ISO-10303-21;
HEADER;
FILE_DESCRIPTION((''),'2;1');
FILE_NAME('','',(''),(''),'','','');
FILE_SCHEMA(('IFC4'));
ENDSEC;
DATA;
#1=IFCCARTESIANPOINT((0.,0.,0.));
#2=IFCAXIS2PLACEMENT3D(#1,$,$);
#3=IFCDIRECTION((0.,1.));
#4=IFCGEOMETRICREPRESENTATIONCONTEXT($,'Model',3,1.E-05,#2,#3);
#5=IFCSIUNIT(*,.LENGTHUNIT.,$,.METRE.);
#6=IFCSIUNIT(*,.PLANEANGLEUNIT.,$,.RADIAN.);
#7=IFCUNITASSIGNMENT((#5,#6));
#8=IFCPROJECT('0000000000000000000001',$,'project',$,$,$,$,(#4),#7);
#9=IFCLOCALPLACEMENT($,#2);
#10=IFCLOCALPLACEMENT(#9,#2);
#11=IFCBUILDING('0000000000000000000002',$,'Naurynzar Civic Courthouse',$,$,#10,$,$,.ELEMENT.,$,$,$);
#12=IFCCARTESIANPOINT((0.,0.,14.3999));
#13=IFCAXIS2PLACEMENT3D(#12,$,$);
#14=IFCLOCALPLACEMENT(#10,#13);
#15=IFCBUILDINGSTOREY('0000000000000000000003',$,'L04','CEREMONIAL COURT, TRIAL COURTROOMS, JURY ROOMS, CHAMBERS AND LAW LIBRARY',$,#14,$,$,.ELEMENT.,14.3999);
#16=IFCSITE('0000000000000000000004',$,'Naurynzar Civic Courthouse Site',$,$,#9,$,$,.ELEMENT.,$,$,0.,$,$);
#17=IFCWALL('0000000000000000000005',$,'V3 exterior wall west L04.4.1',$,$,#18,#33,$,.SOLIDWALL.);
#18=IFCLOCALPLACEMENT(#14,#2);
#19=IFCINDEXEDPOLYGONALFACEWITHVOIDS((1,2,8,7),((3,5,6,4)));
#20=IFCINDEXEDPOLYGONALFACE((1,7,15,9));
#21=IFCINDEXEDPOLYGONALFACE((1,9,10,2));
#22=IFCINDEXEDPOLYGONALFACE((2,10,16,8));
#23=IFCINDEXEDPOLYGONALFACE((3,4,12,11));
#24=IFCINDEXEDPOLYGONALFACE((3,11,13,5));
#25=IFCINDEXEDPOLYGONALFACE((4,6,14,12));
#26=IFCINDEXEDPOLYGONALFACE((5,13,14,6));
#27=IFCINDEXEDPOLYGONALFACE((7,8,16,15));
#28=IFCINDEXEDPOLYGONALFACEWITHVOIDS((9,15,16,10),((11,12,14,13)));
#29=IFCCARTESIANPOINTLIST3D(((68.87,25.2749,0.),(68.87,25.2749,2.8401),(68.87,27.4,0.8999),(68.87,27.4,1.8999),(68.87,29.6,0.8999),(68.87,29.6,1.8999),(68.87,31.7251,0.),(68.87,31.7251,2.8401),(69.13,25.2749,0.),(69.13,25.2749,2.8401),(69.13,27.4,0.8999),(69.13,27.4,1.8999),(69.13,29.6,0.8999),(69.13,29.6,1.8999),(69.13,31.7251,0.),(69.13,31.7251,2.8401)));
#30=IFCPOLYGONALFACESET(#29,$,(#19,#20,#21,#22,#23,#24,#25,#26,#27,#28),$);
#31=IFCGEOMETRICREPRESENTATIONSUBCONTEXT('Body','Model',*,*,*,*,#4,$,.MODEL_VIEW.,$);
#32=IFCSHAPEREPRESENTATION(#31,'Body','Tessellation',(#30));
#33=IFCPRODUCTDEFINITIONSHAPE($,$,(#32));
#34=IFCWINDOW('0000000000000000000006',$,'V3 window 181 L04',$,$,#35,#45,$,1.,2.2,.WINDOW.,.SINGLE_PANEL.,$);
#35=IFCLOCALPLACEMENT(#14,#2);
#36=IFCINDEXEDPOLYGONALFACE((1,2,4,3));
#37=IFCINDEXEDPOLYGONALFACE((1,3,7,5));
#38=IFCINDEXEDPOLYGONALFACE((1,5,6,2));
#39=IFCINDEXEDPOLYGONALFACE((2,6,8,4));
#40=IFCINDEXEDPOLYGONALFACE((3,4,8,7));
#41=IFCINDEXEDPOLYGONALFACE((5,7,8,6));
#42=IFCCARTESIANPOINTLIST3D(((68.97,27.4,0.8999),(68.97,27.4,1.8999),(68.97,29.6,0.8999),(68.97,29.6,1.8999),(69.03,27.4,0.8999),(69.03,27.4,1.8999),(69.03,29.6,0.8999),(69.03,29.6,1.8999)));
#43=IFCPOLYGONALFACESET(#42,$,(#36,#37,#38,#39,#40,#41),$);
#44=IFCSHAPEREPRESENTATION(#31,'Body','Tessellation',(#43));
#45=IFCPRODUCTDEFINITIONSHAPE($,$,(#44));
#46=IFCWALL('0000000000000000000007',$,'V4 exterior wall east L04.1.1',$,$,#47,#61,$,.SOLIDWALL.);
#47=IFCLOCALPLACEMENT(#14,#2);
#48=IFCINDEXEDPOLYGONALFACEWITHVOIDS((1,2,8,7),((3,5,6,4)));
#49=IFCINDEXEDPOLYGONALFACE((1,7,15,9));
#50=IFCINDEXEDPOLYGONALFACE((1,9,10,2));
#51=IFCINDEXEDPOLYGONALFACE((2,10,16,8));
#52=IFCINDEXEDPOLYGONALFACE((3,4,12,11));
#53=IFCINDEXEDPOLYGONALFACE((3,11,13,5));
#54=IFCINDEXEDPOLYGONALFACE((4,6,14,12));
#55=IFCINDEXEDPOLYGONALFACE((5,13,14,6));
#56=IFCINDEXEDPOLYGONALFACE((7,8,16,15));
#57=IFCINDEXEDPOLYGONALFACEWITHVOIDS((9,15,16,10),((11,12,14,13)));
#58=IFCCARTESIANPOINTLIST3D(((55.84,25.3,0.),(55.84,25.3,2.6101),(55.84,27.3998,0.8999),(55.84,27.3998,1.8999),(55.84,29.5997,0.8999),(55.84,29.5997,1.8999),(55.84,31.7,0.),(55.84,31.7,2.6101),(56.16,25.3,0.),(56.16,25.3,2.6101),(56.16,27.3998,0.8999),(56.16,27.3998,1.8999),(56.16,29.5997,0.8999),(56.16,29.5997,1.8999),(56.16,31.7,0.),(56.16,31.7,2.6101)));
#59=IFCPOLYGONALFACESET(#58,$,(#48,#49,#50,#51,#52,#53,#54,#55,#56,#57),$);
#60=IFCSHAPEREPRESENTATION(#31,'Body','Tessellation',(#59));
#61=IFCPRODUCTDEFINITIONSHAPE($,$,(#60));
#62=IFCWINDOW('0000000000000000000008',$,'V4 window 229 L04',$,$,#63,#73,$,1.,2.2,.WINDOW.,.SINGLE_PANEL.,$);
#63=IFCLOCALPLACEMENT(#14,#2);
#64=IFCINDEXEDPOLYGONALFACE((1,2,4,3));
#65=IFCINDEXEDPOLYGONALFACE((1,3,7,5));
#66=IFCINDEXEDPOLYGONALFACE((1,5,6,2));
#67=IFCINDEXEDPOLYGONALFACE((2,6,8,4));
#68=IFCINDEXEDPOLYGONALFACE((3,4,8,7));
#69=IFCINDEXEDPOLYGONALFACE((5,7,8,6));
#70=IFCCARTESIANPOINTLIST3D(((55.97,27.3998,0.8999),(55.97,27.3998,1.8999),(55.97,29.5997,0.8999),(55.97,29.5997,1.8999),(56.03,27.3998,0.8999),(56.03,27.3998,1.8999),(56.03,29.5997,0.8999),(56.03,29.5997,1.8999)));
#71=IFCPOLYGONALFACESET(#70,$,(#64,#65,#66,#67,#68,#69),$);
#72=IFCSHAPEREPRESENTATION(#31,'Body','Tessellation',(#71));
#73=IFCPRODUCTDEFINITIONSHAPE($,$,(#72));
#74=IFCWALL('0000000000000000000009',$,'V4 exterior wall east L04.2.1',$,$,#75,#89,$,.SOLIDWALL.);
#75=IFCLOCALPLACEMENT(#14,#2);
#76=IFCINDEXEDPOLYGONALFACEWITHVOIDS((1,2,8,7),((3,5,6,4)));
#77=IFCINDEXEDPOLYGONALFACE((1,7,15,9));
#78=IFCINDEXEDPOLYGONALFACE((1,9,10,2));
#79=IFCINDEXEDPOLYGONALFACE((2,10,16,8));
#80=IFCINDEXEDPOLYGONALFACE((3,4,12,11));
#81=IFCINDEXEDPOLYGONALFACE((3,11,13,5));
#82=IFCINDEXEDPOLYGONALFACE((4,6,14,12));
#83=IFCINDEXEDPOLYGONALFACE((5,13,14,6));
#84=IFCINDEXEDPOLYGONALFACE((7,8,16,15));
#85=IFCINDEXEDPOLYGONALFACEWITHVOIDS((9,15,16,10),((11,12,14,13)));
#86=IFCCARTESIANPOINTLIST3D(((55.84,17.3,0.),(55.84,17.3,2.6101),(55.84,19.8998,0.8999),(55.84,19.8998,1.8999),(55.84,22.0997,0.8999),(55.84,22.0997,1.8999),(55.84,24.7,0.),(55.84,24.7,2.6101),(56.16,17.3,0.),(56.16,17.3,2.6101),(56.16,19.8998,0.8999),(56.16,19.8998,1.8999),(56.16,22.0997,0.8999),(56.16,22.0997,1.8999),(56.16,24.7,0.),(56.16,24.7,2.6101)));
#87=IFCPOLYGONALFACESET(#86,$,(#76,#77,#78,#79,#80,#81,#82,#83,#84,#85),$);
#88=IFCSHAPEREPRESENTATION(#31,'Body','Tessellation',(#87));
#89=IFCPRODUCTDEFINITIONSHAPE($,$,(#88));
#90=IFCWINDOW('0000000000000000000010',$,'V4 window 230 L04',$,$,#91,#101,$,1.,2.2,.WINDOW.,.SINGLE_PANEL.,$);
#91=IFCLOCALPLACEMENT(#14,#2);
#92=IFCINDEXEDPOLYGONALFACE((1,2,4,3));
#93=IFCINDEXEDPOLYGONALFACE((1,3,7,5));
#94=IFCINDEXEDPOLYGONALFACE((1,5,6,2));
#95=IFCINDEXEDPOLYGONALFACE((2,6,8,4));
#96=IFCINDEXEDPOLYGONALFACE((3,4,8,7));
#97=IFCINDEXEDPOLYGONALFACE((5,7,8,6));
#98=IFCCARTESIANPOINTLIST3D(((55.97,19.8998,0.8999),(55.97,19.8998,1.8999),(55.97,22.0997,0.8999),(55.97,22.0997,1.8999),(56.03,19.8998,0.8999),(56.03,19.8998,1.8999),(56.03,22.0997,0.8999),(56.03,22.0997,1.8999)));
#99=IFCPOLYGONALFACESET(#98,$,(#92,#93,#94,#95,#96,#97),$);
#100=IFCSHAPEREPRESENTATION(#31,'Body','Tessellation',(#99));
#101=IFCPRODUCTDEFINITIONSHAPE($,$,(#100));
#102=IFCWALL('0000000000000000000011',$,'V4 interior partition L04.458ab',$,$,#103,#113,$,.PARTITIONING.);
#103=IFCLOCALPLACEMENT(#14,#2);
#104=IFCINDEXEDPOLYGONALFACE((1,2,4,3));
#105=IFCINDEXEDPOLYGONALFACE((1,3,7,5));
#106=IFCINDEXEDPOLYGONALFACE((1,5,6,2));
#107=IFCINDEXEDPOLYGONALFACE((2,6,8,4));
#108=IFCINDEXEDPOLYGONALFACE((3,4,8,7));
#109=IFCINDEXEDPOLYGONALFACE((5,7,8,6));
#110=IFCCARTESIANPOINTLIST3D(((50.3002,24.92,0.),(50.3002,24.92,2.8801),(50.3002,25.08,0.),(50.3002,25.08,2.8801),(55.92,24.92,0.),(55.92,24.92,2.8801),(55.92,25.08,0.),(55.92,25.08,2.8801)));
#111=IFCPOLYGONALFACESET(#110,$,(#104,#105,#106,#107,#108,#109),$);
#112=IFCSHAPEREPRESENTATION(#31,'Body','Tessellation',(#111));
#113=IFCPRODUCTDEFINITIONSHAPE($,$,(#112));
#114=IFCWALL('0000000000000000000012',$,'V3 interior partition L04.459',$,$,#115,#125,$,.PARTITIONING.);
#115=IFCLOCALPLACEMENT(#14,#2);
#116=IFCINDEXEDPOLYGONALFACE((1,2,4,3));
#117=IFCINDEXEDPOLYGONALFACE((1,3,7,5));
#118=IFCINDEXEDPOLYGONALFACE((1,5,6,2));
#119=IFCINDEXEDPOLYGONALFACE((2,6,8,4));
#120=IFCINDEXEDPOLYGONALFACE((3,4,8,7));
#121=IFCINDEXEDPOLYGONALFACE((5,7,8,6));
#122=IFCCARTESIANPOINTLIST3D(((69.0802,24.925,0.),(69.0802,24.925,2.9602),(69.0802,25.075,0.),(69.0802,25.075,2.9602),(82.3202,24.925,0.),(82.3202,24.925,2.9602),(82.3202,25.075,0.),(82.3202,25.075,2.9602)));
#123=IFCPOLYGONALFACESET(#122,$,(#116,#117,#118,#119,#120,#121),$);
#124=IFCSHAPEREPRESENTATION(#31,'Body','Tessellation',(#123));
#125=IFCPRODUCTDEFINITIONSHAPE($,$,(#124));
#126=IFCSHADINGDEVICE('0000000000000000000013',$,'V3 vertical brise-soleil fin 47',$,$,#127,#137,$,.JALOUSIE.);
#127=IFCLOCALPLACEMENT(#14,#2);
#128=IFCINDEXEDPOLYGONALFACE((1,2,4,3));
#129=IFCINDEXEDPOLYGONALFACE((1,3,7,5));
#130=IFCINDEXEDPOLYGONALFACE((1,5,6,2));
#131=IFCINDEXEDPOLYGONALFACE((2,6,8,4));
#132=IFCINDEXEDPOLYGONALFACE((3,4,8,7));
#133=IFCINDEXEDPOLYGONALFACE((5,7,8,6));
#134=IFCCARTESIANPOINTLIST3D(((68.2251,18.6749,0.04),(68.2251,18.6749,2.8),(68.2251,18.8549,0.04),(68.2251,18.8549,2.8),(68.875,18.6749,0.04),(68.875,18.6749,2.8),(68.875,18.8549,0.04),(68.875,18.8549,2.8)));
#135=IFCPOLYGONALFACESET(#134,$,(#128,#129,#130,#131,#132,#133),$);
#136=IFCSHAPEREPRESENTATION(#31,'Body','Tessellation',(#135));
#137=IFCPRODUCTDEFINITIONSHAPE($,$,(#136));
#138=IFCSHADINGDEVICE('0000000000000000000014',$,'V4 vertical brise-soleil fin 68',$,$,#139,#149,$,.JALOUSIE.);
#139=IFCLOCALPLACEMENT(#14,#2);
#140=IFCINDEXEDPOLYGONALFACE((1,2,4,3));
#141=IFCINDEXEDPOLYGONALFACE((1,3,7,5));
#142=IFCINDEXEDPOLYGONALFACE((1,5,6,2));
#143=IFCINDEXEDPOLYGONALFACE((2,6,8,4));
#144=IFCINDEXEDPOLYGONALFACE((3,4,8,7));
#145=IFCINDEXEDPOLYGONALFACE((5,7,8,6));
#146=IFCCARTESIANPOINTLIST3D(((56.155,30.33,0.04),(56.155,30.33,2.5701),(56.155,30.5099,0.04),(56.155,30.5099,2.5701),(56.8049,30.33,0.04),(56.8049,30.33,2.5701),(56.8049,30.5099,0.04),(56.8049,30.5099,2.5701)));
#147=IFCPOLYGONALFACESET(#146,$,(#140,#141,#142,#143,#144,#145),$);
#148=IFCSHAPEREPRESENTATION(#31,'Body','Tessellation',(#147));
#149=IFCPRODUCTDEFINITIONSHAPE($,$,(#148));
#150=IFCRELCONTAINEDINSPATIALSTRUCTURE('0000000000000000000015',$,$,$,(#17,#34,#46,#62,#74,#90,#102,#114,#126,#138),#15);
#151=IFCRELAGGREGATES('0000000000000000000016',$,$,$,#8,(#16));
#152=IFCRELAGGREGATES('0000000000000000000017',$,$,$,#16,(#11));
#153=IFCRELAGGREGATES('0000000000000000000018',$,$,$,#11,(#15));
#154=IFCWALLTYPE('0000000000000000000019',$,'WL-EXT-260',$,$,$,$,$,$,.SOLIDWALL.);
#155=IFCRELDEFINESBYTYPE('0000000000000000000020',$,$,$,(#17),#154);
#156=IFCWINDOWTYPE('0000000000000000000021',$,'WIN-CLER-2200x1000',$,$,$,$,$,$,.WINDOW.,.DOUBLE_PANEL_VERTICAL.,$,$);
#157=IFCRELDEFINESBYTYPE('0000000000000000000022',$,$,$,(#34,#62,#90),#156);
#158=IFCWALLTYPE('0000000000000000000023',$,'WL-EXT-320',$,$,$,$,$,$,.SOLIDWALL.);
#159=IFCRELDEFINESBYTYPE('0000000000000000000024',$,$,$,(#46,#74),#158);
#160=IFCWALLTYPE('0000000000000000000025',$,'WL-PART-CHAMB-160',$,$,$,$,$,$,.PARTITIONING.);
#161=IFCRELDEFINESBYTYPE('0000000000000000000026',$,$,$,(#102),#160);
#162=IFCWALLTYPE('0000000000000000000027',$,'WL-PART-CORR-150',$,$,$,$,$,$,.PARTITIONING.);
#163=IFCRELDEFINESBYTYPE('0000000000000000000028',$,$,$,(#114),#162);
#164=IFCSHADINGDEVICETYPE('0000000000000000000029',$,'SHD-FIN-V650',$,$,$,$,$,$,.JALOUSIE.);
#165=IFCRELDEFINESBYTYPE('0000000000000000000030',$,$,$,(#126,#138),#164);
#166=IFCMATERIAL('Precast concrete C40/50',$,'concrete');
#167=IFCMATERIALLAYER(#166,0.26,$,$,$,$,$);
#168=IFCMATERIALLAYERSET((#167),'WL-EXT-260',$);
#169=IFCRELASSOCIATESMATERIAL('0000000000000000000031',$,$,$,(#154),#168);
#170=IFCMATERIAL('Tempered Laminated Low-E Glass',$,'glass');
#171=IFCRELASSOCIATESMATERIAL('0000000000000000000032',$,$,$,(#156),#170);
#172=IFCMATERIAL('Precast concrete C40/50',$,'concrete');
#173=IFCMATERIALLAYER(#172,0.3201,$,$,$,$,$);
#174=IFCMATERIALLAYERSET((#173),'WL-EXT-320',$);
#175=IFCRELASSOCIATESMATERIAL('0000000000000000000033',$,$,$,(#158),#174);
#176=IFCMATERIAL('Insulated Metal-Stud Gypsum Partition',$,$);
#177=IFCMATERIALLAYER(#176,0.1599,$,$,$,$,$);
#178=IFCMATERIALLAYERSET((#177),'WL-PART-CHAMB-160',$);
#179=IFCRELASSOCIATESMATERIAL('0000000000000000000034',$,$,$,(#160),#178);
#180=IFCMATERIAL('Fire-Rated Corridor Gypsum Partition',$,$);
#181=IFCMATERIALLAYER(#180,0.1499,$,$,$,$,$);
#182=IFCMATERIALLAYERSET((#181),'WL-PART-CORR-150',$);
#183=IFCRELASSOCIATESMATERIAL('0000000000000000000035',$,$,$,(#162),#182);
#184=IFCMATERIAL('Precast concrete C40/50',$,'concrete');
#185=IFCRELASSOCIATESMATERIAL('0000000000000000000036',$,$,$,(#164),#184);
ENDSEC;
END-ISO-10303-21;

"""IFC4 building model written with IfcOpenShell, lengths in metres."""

from ifc_helpers import new_model, si_unit, direction, frame, frame_2d, origin, origin_2d, place, context, subcontext, project, spatial, rectangle, extrude, material, layer, layer_set, type_object, element, fill, save


model = new_model("IFC4")

# Units and contexts
model_context = context("Model", 3, precision=1e-05, world=origin(), true_north=direction((0.0, 1.0)))
body_context = subcontext(model_context, "Body", "Model", "MODEL_VIEW")
ifc_project = project(units=[si_unit("LENGTHUNIT", "METRE"), si_unit("PLANEANGLEUNIT", "RADIAN")], contexts=[model_context])

# Site, building, storey
site_placement = place(None, origin())
site = spatial("IfcSite", under=ifc_project, at=site_placement, Name="Naurynzar Civic Courthouse Site", CompositionType="ELEMENT", RefElevation=0.0)
building_placement = place(site_placement, origin())
building = spatial("IfcBuilding", under=site, at=building_placement, Name="Naurynzar Civic Courthouse", CompositionType="ELEMENT")
storey_placement = place(building_placement, frame((0.0, 0.0, 14.3999)))
storey = spatial("IfcBuildingStorey", under=building, at=storey_placement, Name="L04", Description="CEREMONIAL COURT, TRIAL COURTROOMS, JURY ROOMS, CHAMBERS AND LAW LIBRARY", CompositionType="ELEMENT", Elevation=14.3999)

# Walls, openings, windows
ifc_material_1 = material(Name="Precast concrete C40/50", Category="concrete")
ifc_layer_1 = layer(ifc_material_1, 0.26)
ifc_layer_set_1 = layer_set([ifc_layer_1], Name="WL-EXT-260")
wall_type_1 = type_object("IfcWallType", Name="WL-EXT-260", PredefinedType="SOLIDWALL", material=ifc_layer_set_1)
ifc_material_2 = material(Name="Tempered Laminated Low-E Glass", Category="glass")
window_type = type_object("IfcWindowType", Name="WIN-CLER-2200x1000", PartitioningType="DOUBLE_PANEL_VERTICAL", PredefinedType="WINDOW", material=ifc_material_2)
wall_1_placement = place(storey_placement, frame((69.0, 25.2749, 0.0), z_axis=(0.0, 0.0, 1.0), x_axis=(0.0, 1.0, 0.0)))
wall_1 = element("IfcWall", 1, at=wall_1_placement, inside=storey, type_object=wall_type_1, Name="V3 exterior wall west L04.4.1", PredefinedType="SOLIDWALL", context=body_context, shape_type="SweptSolid", body=[
    extrude(rectangle(XDim=6.4502, YDim=0.26, at=frame_2d((3.2251, 0.0))), origin(), (0.0, 0.0, 1.0), 2.8401),
])
opening_1_placement = place(wall_1_placement, frame((2.125, 0.0, 0.8999)))
opening_1 = element("IfcOpeningElement", 2, at=opening_1_placement, cuts=wall_1, PredefinedType="OPENING", context=body_context, shape_type="SweptSolid", body=[
    extrude(rectangle(XDim=2.2, YDim=1.0, at=frame_2d((1.1001, 0.5))), frame((0.0, 0.1399, 0.0), z_axis=(0.0, -1.0, 0.0), x_axis=(1.0, 0.0, 0.0)), (0.0, 0.0, 1.0), 0.28),
])
window_1_placement = place(opening_1_placement, origin())
window_1 = element("IfcWindow", 3, at=window_1_placement, inside=storey, type_object=window_type, Name="V3 window 181 L04", OverallHeight=1.0, OverallWidth=2.2, PartitioningType="SINGLE_PANEL", PredefinedType="WINDOW", context=body_context, shape_type="SweptSolid", body=[
    extrude(rectangle(XDim=2.2, YDim=1.0, at=frame_2d((1.1001, 0.5))), frame((0.0, 0.03, 0.0), z_axis=(0.0, -1.0, 0.0), x_axis=(1.0, 0.0, 0.0)), (0.0, 0.0, 1.0), 0.0601),
])
fill(opening_1, window_1)
ifc_material_3 = material(Name="Precast concrete C40/50", Category="concrete")
ifc_layer_2 = layer(ifc_material_3, 0.3201)
ifc_layer_set_2 = layer_set([ifc_layer_2], Name="WL-EXT-320")
wall_type_2 = type_object("IfcWallType", Name="WL-EXT-320", PredefinedType="SOLIDWALL", material=ifc_layer_set_2)
wall_2_placement = place(storey_placement, frame((56.0, 31.7, 0.0), z_axis=(0.0, 0.0, 1.0), x_axis=(0.0, -1.0, 0.0)))
wall_2 = element("IfcWall", 4, at=wall_2_placement, inside=storey, type_object=wall_type_2, Name="V4 exterior wall east L04.1.1", PredefinedType="SOLIDWALL", context=body_context, shape_type="SweptSolid", body=[
    extrude(rectangle(XDim=6.3999, YDim=0.3201, at=frame_2d((3.2, 0.0))), origin(), (0.0, 0.0, 1.0), 2.6101),
])
opening_2_placement = place(wall_2_placement, frame((2.1001, 0.0, 0.8999)))
opening_2 = element("IfcOpeningElement", 5, at=opening_2_placement, cuts=wall_2, PredefinedType="OPENING", context=body_context, shape_type="SweptSolid", body=[
    extrude(rectangle(XDim=2.2, YDim=1.0, at=frame_2d((1.1001, 0.5))), frame((0.0, 0.1699, 0.0), z_axis=(0.0, -1.0, 0.0), x_axis=(1.0, 0.0, 0.0)), (0.0, 0.0, 1.0), 0.3401),
])
window_2_placement = place(opening_2_placement, origin())
window_2 = element("IfcWindow", 6, at=window_2_placement, inside=storey, type_object=window_type, Name="V4 window 229 L04", OverallHeight=1.0, OverallWidth=2.2, PartitioningType="SINGLE_PANEL", PredefinedType="WINDOW", context=body_context, shape_type="SweptSolid", body=[
    extrude(rectangle(XDim=2.2, YDim=1.0, at=frame_2d((1.1001, 0.5))), frame((0.0, 0.03, 0.0), z_axis=(0.0, -1.0, 0.0), x_axis=(1.0, 0.0, 0.0)), (0.0, 0.0, 1.0), 0.0601),
])
fill(opening_2, window_2)
wall_3_placement = place(storey_placement, frame((56.0, 24.7, 0.0), z_axis=(0.0, 0.0, 1.0), x_axis=(0.0, -1.0, 0.0)))
wall_3 = element("IfcWall", 7, at=wall_3_placement, inside=storey, type_object=wall_type_2, Name="V4 exterior wall east L04.2.1", PredefinedType="SOLIDWALL", context=body_context, shape_type="SweptSolid", body=[
    extrude(rectangle(XDim=7.3999, YDim=0.3201, at=frame_2d((3.7, 0.0))), origin(), (0.0, 0.0, 1.0), 2.6101),
])
opening_3_placement = place(wall_3_placement, frame((2.6001, 0.0, 0.8999)))
opening_3 = element("IfcOpeningElement", 8, at=opening_3_placement, cuts=wall_3, PredefinedType="OPENING", context=body_context, shape_type="SweptSolid", body=[
    extrude(rectangle(XDim=2.2, YDim=1.0, at=frame_2d((1.1001, 0.5))), frame((0.0, 0.1699, 0.0), z_axis=(0.0, -1.0, 0.0), x_axis=(1.0, 0.0, 0.0)), (0.0, 0.0, 1.0), 0.3401),
])
window_3_placement = place(opening_3_placement, origin())
window_3 = element("IfcWindow", 9, at=window_3_placement, inside=storey, type_object=window_type, Name="V4 window 230 L04", OverallHeight=1.0, OverallWidth=2.2, PartitioningType="SINGLE_PANEL", PredefinedType="WINDOW", context=body_context, shape_type="SweptSolid", body=[
    extrude(rectangle(XDim=2.2, YDim=1.0, at=frame_2d((1.1001, 0.5))), frame((0.0, 0.03, 0.0), z_axis=(0.0, -1.0, 0.0), x_axis=(1.0, 0.0, 0.0)), (0.0, 0.0, 1.0), 0.0601),
])
fill(opening_3, window_3)

# Walls
ifc_material_4 = material(Name="Insulated Metal-Stud Gypsum Partition")
ifc_layer_3 = layer(ifc_material_4, 0.1599)
ifc_layer_set_3 = layer_set([ifc_layer_3], Name="WL-PART-CHAMB-160")
wall_type_3 = type_object("IfcWallType", Name="WL-PART-CHAMB-160", PredefinedType="PARTITIONING", material=ifc_layer_set_3)
wall_4_placement = place(storey_placement, frame((50.3, 25.0, 0.0), z_axis=(0.0, 0.0, 1.0), x_axis=(1.0, 0.0, 0.0)))
element("IfcWall", 10, at=wall_4_placement, inside=storey, type_object=wall_type_3, Name="V4 interior partition L04.458ab", PredefinedType="PARTITIONING", context=body_context, shape_type="SweptSolid", body=[
    extrude(rectangle(XDim=5.6199, YDim=0.1599, at=frame_2d((2.8101, 0.0))), origin(), (0.0, 0.0, 1.0), 2.8801),
])
ifc_material_5 = material(Name="Fire-Rated Corridor Gypsum Partition")
ifc_layer_4 = layer(ifc_material_5, 0.1499)
ifc_layer_set_4 = layer_set([ifc_layer_4], Name="WL-PART-CORR-150")
wall_type_4 = type_object("IfcWallType", Name="WL-PART-CORR-150", PredefinedType="PARTITIONING", material=ifc_layer_set_4)
wall_5_placement = place(storey_placement, frame((69.0801, 25.0, 0.0), z_axis=(0.0, 0.0, 1.0), x_axis=(1.0, 0.0, 0.0)))
element("IfcWall", 11, at=wall_5_placement, inside=storey, type_object=wall_type_4, Name="V3 interior partition L04.459", PredefinedType="PARTITIONING", context=body_context, shape_type="SweptSolid", body=[
    extrude(rectangle(XDim=13.24, YDim=0.1499, at=frame_2d((6.6201, 0.0))), origin(), (0.0, 0.0, 1.0), 2.9602),
])

# Shading devices
ifc_material_6 = material(Name="Precast concrete C40/50", Category="concrete")
shading_device_type = type_object("IfcShadingDeviceType", Name="SHD-FIN-V650", PredefinedType="JALOUSIE", material=ifc_material_6)
shading_device_1_placement = place(storey_placement, frame((68.55, 18.7649, 0.04), z_axis=(0.0, 0.0, 1.0), x_axis=(0.0, 1.0, 0.0)))
element("IfcShadingDevice", 12, at=shading_device_1_placement, inside=storey, type_object=shading_device_type, Name="V3 vertical brise-soleil fin 47", PredefinedType="JALOUSIE", context=body_context, shape_type="SweptSolid", body=[
    extrude(rectangle(XDim=0.1799, YDim=0.6499, at=origin_2d()), origin(), (0.0, 0.0, 1.0), 2.76),
])
shading_device_2_placement = place(storey_placement, frame((56.48, 30.4199, 0.04), z_axis=(0.0, 0.0, 1.0), x_axis=(0.0, -1.0, 0.0)))
element("IfcShadingDevice", 13, at=shading_device_2_placement, inside=storey, type_object=shading_device_type, Name="V4 vertical brise-soleil fin 68", PredefinedType="JALOUSIE", context=body_context, shape_type="SweptSolid", body=[
    extrude(rectangle(XDim=0.1799, YDim=0.6499, at=origin_2d()), origin(), (0.0, 0.0, 1.0), 2.53),
])

save(model, "model.ifc")
